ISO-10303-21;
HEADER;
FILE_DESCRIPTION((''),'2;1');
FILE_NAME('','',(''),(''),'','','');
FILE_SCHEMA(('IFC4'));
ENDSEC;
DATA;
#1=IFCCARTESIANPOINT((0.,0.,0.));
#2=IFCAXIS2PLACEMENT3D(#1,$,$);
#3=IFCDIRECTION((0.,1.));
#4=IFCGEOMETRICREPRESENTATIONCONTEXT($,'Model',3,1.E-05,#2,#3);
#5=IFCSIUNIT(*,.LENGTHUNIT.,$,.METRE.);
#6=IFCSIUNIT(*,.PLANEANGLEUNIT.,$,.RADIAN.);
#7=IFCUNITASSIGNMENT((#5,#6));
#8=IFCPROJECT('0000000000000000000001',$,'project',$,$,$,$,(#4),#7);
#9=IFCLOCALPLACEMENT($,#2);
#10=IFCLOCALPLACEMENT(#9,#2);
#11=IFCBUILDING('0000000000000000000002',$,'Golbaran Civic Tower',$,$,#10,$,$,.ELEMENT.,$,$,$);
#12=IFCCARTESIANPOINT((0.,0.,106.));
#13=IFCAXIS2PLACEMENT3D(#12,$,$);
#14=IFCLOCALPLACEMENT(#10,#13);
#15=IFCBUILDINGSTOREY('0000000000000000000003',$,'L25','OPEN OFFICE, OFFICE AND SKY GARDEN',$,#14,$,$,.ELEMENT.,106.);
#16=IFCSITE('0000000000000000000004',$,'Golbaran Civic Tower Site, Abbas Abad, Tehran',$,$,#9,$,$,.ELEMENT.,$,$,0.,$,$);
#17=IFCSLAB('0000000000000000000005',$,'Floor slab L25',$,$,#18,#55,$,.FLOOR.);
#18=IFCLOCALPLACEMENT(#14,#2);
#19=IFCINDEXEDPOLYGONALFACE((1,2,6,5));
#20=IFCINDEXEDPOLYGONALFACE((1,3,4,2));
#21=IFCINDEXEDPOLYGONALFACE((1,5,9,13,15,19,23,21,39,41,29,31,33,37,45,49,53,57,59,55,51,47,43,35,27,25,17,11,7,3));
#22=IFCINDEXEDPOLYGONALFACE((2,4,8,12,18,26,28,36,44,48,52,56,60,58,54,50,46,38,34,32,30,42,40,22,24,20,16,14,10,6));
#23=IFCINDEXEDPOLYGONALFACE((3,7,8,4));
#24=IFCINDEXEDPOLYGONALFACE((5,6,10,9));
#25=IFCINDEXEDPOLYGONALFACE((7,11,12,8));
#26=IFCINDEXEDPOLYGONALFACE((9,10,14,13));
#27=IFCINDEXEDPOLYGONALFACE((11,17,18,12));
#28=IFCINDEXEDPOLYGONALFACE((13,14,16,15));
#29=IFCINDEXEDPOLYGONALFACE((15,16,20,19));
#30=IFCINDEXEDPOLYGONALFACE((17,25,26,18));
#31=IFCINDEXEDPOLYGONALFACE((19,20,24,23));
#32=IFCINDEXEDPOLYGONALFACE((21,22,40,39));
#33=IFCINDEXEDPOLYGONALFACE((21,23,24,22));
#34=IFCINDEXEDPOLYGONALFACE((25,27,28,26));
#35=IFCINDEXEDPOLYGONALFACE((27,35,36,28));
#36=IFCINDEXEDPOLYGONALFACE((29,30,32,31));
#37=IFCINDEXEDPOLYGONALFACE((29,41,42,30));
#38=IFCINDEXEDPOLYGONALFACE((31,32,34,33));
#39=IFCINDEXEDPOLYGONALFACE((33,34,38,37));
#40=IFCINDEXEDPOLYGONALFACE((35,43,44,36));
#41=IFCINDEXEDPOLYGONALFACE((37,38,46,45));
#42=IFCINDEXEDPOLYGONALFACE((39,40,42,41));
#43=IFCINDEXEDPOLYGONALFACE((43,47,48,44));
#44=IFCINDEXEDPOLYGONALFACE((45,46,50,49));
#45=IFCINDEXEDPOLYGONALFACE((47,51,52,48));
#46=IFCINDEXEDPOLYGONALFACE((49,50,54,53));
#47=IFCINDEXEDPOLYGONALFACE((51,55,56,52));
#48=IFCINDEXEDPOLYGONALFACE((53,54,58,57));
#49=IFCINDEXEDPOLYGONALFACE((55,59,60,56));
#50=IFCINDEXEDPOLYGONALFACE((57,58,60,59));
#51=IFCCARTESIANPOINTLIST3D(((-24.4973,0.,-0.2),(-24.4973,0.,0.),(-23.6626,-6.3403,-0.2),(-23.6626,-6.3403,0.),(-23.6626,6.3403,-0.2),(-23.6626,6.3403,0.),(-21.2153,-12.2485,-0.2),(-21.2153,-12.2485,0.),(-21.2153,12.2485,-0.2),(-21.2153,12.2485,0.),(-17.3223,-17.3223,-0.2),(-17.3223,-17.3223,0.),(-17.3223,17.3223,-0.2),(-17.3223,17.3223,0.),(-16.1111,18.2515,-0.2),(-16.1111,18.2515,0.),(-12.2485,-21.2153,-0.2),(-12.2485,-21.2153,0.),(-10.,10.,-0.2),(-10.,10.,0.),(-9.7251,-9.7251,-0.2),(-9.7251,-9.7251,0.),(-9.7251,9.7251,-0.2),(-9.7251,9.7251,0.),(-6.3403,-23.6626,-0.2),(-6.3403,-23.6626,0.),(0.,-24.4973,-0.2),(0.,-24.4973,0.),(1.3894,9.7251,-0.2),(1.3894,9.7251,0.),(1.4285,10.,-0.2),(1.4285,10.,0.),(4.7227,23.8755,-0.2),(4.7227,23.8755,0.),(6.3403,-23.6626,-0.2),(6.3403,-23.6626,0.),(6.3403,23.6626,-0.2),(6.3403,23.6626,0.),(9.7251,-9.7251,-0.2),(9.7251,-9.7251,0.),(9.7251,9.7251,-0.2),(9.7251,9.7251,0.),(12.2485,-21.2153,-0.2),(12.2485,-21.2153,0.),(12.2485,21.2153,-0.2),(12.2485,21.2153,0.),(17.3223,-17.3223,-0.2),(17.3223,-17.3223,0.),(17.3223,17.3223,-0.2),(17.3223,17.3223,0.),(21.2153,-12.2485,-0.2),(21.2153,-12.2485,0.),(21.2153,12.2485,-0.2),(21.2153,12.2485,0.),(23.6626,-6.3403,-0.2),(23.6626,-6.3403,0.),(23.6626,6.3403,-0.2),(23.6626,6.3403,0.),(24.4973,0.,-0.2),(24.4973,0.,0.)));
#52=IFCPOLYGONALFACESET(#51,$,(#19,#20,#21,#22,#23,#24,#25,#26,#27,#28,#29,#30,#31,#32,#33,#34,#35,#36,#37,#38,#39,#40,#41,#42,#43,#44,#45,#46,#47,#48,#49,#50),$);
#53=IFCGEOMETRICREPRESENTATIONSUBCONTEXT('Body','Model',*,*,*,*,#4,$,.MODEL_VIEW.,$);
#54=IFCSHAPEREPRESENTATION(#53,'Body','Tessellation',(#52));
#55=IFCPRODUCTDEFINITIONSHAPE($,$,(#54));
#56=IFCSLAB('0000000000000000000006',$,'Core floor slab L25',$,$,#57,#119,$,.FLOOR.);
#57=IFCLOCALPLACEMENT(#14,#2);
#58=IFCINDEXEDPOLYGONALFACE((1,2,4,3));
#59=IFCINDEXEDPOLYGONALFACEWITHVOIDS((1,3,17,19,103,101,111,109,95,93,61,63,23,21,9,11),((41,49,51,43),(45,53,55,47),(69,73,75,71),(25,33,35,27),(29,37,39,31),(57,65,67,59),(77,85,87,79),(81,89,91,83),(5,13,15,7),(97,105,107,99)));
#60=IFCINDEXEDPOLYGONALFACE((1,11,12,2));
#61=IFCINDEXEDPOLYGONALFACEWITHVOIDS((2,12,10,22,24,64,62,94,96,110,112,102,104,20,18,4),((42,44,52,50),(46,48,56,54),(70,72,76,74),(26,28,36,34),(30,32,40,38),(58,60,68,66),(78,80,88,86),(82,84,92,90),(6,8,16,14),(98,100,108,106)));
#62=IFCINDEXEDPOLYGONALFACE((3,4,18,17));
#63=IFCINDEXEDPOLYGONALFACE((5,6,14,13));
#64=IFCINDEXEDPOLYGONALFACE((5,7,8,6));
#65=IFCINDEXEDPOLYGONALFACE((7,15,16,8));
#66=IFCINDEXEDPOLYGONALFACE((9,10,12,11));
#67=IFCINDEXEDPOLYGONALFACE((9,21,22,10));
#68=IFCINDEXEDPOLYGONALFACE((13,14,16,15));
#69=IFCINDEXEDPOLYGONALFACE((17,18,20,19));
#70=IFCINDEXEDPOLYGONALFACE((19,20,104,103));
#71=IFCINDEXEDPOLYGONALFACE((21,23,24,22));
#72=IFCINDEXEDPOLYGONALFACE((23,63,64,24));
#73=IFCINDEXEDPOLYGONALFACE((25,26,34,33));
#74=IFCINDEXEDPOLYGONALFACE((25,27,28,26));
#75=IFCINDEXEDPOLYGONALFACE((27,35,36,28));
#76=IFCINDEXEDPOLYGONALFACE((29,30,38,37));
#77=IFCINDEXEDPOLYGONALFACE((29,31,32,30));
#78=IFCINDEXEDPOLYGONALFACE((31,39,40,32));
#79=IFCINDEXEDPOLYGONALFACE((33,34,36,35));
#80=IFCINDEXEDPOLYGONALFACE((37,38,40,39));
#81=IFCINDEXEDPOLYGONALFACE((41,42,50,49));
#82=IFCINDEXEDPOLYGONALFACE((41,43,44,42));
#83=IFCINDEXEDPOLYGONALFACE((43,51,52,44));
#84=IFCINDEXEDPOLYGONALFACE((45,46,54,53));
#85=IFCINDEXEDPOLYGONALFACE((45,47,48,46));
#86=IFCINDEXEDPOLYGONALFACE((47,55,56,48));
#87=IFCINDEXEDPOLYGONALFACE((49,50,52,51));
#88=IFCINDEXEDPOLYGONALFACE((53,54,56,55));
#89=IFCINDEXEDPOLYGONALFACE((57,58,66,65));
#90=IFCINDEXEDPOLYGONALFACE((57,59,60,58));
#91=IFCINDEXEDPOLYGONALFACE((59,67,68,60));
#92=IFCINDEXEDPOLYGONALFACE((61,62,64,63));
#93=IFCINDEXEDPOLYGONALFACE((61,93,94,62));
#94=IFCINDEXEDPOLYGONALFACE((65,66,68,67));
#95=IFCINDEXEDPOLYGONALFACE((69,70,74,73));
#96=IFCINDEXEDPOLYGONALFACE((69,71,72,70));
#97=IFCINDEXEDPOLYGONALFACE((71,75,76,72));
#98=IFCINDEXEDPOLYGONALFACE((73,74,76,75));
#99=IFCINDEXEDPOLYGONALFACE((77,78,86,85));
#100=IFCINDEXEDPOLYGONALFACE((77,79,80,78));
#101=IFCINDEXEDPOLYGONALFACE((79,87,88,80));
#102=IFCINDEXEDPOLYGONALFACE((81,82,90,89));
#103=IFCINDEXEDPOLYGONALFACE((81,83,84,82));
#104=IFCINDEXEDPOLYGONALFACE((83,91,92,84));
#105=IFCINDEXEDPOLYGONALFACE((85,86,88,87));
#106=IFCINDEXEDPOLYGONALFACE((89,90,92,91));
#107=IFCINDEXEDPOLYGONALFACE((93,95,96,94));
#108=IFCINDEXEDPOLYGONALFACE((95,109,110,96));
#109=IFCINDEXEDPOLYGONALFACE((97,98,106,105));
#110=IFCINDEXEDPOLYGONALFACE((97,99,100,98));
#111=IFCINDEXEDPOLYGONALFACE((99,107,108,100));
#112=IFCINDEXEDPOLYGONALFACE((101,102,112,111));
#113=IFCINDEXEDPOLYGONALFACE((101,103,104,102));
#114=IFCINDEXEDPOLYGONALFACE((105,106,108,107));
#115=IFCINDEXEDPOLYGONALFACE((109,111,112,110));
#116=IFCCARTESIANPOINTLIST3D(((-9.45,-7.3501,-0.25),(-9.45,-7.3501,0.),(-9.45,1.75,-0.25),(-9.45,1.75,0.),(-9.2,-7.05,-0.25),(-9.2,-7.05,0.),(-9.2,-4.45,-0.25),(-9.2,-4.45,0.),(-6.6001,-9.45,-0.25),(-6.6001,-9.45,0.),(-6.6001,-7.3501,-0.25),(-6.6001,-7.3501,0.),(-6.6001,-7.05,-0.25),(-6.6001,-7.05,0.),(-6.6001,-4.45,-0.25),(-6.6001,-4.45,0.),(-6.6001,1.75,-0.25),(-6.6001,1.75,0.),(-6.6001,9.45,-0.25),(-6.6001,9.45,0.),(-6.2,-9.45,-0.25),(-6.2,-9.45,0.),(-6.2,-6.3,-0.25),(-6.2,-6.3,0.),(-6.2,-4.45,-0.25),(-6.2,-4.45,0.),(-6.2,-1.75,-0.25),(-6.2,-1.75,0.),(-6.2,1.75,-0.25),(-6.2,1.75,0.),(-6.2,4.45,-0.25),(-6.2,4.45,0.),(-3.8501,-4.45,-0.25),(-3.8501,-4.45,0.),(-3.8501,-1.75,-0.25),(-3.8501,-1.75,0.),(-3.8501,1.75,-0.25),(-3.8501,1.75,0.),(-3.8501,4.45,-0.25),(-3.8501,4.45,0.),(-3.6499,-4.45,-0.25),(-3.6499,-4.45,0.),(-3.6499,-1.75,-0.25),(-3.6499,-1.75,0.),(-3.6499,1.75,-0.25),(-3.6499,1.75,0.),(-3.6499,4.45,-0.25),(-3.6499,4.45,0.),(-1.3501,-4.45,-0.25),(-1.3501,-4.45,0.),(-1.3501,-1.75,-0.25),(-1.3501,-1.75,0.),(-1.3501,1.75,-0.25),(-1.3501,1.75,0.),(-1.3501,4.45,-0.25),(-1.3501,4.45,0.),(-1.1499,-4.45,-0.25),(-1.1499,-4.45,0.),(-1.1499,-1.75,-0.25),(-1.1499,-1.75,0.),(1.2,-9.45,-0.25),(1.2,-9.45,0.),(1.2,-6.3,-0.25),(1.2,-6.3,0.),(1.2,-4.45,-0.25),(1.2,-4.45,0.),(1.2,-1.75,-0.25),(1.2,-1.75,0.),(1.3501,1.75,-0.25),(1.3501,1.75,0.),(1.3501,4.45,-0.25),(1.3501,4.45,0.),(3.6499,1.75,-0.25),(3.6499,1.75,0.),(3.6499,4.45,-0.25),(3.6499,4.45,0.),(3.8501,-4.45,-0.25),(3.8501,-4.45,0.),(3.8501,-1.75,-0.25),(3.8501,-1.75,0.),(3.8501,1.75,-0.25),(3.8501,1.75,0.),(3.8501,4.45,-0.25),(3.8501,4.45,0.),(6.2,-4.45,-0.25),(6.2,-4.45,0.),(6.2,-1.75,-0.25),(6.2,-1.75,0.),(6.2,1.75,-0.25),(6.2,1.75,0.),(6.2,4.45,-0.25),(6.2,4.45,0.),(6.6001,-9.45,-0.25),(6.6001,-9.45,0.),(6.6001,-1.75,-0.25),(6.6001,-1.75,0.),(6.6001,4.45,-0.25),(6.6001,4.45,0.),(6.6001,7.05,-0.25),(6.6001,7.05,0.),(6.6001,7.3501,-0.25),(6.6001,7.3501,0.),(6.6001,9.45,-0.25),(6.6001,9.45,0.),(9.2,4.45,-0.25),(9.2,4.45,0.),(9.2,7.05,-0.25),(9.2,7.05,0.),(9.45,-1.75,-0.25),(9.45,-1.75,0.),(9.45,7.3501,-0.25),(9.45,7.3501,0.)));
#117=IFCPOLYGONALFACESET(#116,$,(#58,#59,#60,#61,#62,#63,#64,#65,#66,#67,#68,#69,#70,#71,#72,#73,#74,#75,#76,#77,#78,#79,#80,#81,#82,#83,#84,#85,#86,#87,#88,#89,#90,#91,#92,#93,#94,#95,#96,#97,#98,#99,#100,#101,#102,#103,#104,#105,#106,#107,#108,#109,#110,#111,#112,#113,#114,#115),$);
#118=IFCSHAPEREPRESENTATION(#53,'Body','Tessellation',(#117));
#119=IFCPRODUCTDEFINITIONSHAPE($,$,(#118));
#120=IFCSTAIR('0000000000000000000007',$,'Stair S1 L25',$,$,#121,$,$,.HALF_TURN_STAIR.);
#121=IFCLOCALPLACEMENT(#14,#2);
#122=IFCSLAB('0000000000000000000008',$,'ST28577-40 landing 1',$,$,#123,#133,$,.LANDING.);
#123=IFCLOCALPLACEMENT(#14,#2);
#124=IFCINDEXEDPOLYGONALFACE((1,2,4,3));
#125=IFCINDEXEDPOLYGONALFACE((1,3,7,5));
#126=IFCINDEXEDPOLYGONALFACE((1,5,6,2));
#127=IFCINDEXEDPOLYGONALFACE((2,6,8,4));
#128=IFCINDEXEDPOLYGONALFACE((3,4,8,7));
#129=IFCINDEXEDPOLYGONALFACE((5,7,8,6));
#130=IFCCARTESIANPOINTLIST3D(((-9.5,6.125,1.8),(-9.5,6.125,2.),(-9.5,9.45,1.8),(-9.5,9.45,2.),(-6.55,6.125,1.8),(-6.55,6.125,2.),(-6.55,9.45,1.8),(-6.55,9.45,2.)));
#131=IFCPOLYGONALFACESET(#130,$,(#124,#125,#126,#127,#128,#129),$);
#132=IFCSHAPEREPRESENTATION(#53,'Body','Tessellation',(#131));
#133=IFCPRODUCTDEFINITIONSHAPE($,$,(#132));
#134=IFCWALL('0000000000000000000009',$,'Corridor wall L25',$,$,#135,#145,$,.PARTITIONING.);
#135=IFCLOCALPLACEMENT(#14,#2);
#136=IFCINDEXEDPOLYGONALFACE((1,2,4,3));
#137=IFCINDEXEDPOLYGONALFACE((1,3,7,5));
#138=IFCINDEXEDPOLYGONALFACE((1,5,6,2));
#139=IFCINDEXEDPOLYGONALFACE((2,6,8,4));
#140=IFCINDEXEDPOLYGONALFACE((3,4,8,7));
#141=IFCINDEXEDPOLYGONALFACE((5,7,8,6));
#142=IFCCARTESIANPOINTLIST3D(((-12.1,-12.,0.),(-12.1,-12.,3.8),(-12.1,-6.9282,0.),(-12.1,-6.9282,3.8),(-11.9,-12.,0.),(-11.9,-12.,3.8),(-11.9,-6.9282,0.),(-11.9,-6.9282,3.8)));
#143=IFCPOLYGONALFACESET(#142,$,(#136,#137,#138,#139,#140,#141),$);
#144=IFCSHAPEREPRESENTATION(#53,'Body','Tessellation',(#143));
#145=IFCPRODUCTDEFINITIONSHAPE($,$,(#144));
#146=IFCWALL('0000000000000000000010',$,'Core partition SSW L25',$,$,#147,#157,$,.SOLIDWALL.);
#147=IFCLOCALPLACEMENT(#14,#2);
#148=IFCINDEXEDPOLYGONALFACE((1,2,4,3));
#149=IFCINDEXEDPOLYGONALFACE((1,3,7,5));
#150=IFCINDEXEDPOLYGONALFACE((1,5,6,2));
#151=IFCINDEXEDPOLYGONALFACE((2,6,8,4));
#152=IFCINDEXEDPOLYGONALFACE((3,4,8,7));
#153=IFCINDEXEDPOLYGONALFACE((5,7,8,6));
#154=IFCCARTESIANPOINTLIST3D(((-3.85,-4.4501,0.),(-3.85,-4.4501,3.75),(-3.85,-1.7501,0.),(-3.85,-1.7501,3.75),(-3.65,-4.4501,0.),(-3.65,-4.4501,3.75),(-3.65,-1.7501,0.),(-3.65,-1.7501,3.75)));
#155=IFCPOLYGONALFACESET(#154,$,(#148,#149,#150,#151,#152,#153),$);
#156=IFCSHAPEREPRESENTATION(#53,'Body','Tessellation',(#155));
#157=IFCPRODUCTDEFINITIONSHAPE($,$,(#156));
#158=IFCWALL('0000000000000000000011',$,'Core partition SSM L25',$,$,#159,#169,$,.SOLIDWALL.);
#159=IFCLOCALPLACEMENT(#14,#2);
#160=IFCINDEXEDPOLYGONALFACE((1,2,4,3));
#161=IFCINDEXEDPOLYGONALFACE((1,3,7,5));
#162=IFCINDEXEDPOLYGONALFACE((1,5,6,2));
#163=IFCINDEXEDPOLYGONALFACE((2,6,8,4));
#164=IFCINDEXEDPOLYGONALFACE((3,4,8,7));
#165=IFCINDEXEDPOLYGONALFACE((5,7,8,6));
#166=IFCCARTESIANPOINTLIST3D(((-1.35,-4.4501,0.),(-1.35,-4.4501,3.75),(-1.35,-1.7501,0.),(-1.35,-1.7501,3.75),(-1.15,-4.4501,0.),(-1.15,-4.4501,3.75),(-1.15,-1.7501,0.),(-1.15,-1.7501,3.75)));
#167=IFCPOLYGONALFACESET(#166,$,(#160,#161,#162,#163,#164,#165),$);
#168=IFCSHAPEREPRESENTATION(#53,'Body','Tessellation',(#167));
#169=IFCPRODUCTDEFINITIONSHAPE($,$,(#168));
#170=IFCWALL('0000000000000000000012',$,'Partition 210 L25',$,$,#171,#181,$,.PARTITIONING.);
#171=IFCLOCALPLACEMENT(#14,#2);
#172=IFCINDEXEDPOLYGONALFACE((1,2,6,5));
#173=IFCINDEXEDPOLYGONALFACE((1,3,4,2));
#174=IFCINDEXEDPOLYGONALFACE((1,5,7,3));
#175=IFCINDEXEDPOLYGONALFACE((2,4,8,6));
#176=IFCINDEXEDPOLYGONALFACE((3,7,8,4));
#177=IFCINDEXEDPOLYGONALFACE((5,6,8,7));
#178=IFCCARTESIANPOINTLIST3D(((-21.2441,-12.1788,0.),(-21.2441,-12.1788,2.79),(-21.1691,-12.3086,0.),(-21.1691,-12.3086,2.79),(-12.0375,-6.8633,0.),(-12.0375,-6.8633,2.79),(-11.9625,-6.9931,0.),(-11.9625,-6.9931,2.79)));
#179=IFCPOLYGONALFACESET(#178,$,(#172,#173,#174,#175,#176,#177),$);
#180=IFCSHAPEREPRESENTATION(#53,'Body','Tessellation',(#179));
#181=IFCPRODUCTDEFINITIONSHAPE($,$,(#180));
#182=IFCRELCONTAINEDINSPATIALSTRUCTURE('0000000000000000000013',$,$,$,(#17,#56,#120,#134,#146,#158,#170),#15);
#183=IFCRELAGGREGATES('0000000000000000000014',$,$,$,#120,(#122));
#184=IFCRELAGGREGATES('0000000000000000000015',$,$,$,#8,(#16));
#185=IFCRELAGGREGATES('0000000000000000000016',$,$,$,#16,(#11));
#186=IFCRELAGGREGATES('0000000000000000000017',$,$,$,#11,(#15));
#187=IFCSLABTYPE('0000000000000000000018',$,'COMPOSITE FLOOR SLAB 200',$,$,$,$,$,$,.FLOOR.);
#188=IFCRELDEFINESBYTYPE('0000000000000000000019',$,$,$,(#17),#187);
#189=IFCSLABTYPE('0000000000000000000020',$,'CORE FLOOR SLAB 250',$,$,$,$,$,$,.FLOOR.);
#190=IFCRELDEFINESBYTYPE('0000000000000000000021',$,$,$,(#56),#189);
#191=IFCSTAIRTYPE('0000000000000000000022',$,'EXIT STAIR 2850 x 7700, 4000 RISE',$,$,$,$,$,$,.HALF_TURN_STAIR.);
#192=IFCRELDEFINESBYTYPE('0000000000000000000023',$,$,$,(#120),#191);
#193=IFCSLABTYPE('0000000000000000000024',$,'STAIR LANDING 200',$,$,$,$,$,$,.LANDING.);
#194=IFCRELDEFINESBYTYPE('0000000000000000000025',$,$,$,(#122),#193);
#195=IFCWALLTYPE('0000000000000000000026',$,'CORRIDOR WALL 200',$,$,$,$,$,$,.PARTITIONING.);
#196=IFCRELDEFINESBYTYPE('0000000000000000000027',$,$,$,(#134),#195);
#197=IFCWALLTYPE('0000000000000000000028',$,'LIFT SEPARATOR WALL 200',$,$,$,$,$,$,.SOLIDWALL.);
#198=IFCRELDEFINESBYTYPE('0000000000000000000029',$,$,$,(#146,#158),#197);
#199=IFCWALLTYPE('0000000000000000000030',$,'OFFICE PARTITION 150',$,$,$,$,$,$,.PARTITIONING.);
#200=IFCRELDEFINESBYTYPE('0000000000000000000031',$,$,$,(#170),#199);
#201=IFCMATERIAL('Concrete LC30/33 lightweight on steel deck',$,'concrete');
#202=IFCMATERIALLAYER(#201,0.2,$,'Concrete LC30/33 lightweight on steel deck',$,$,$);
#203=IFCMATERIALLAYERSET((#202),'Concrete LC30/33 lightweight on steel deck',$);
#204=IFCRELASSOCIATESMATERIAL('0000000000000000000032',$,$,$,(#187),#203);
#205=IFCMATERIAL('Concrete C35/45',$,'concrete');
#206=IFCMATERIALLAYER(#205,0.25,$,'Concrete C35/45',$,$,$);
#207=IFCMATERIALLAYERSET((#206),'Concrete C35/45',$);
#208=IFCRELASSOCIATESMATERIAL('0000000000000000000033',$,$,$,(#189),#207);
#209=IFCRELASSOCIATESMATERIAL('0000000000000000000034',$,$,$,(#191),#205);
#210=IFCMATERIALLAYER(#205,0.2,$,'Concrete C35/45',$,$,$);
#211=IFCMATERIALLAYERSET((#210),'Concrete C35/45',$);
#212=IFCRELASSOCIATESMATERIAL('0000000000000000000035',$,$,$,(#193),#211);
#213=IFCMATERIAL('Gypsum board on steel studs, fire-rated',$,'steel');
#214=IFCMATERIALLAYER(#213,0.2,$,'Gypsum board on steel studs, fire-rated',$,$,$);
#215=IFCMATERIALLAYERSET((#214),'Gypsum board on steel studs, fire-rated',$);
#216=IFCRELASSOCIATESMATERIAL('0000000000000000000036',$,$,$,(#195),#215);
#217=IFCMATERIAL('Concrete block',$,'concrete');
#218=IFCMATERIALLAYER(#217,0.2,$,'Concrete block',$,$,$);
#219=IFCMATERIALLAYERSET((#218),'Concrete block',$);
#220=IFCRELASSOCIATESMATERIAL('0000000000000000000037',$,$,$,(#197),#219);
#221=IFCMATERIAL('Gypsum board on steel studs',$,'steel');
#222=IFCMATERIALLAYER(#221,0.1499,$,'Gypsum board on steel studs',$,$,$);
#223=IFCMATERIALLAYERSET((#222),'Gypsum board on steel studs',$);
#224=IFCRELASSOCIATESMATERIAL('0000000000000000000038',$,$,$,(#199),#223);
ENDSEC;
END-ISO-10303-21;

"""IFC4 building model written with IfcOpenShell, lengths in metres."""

from ifc_helpers import new_model, si_unit, direction, frame, frame_2d, origin, place, context, subcontext, project, spatial, polyline, rectangle, outline, extrude, material, layer, layer_set, type_object, element, aggregate, save


model = new_model("IFC4")

# Units and contexts
model_context = context("Model", 3, precision=1e-05, world=origin(), true_north=direction((0.0, 1.0)))
body_context = subcontext(model_context, "Body", "Model", "MODEL_VIEW")
ifc_project = project(units=[si_unit("LENGTHUNIT", "METRE"), si_unit("PLANEANGLEUNIT", "RADIAN")], contexts=[model_context])

# Site, building, storey
site_placement = place(None, origin())
site = spatial("IfcSite", under=ifc_project, at=site_placement, Name="Golbaran Civic Tower Site, Abbas Abad, Tehran", CompositionType="ELEMENT", RefElevation=0.0)
building_placement = place(site_placement, origin())
building = spatial("IfcBuilding", under=site, at=building_placement, Name="Golbaran Civic Tower", CompositionType="ELEMENT")
storey_placement = place(building_placement, frame((0.0, 0.0, 106.0)))
storey = spatial("IfcBuildingStorey", under=building, at=storey_placement, Name="L25", Description="OPEN OFFICE, OFFICE AND SKY GARDEN", CompositionType="ELEMENT", Elevation=106.0)

# Slabs
ifc_material_1 = material(Name="Concrete LC30/33 lightweight on steel deck", Category="concrete")
ifc_layer_1 = layer(ifc_material_1, 0.2, Name="Concrete LC30/33 lightweight on steel deck")
ifc_layer_set_1 = layer_set([ifc_layer_1], Name="Concrete LC30/33 lightweight on steel deck")
slab_type_1 = type_object("IfcSlabType", Name="COMPOSITE FLOOR SLAB 200", PredefinedType="FLOOR", material=ifc_layer_set_1)
slab_1_placement = place(storey_placement, frame((0.0, 0.0, -0.2)))
element("IfcSlab", 1, at=slab_1_placement, inside=storey, type_object=slab_type_1, Name="Floor slab L25", PredefinedType="FLOOR", context=body_context, shape_type="SweptSolid", body=[
    extrude(outline(polyline([(17.3223, -17.3223), (12.2485, -21.2153), (6.3403, -23.6626), (0.0, -24.4973), (-6.3403, -23.6626), (-12.2485, -21.2153), (-17.3223, -17.3223), (-21.2153, -12.2485), (-23.6626, -6.3403), (-24.4973, 0.0), (-23.6626, 6.3403), (-21.2153, 12.2485), (-17.3223, 17.3223), (-16.1111, 18.2515), (-10.0, 10.0), (-9.7251, 9.7251), (-9.7251, -9.7251), (9.7251, -9.7251), (9.7251, 9.7251), (1.3894, 9.7251), (1.4285, 10.0), (4.7227, 23.8755), (6.3403, 23.6626), (12.2485, 21.2153), (17.3223, 17.3223), (21.2153, 12.2485), (23.6626, 6.3403), (24.4973, 0.0), (23.6626, -6.3403), (21.2153, -12.2485), (17.3223, -17.3223)])), origin(), (0.0, 0.0, 1.0), 0.2),
])
ifc_material_2 = material(Name="Concrete C35/45", Category="concrete")
ifc_layer_2 = layer(ifc_material_2, 0.25, Name="Concrete C35/45")
ifc_layer_set_2 = layer_set([ifc_layer_2], Name="Concrete C35/45")
slab_type_2 = type_object("IfcSlabType", Name="CORE FLOOR SLAB 250", PredefinedType="FLOOR", material=ifc_layer_set_2)
slab_2_placement = place(storey_placement, frame((0.0, 0.0, -0.25)))
element("IfcSlab", 2, at=slab_2_placement, inside=storey, type_object=slab_type_2, Name="Core floor slab L25", PredefinedType="FLOOR", context=body_context, shape_type="SweptSolid", body=[
    extrude(outline(polyline([(6.6001, -1.75), (6.6001, -9.45), (1.2, -9.45), (1.2, -6.3), (-6.2, -6.3), (-6.2, -9.45), (-6.6001, -9.45), (-6.6001, -7.3501), (-9.45, -7.3501), (-9.45, 1.75), (-6.6001, 1.75), (-6.6001, 9.45), (6.6001, 9.45), (6.6001, 7.3501), (9.45, 7.3501), (9.45, -1.75), (6.6001, -1.75)]), holes=[polyline([(9.2, 7.05), (6.6001, 7.05), (6.6001, 4.45), (9.2, 4.45), (9.2, 7.05)]), polyline([(6.2, -1.75), (3.8501, -1.75), (3.8501, -4.45), (6.2, -4.45), (6.2, -1.75)]), polyline([(6.2, 4.45), (3.8501, 4.45), (3.8501, 1.75), (6.2, 1.75), (6.2, 4.45)]), polyline([(3.6499, 4.45), (1.3501, 4.45), (1.3501, 1.75), (3.6499, 1.75), (3.6499, 4.45)]), polyline([(1.2, -1.75), (-1.1499, -1.75), (-1.1499, -4.45), (1.2, -4.45), (1.2, -1.75)]), polyline([(-1.3501, 4.45), (-3.6499, 4.45), (-3.6499, 1.75), (-1.3501, 1.75), (-1.3501, 4.45)]), polyline([(-1.3501, -1.75), (-3.6499, -1.75), (-3.6499, -4.45), (-1.3501, -4.45), (-1.3501, -1.75)]), polyline([(-3.8501, -1.75), (-6.2, -1.75), (-6.2, -4.45), (-3.8501, -4.45), (-3.8501, -1.75)]), polyline([(-3.8501, 4.45), (-6.2, 4.45), (-6.2, 1.75), (-3.8501, 1.75), (-3.8501, 4.45)]), polyline([(-6.6001, -4.45), (-9.2, -4.45), (-9.2, -7.05), (-6.6001, -7.05), (-6.6001, -4.45)])]), origin(), (0.0, 0.0, 1.0), 0.25),
])

# Stair, slab
stair_type_1 = type_object("IfcStairType", Name="EXIT STAIR 2850 x 7700, 4000 RISE", PredefinedType="HALF_TURN_STAIR", material=ifc_material_2)
stair_1_placement = place(storey_placement, origin())
stair_1 = element("IfcStair", 3, at=stair_1_placement, inside=storey, type_object=stair_type_1, Name="Stair S1 L25", PredefinedType="HALF_TURN_STAIR")
ifc_layer_3 = layer(ifc_material_2, 0.2, Name="Concrete C35/45")
ifc_layer_set_3 = layer_set([ifc_layer_3], Name="Concrete C35/45")
slab_type_3 = type_object("IfcSlabType", Name="STAIR LANDING 200", PredefinedType="LANDING", material=ifc_layer_set_3)
slab_3_placement = place(storey_placement, frame((0.0, 0.0, 1.8)))
slab_3 = element("IfcSlab", 4, at=slab_3_placement, type_object=slab_type_3, Name="ST28577-40 landing 1", PredefinedType="LANDING", context=body_context, shape_type="SweptSolid", body=[
    extrude(outline(polyline([(-9.5, 6.125), (-9.5, 9.45), (-6.55, 9.45), (-6.55, 6.125), (-9.5, 6.125)])), origin(), (0.0, 0.0, 1.0), 0.2),
])
aggregate(stair_1, [slab_3])

# Walls
ifc_material_3 = material(Name="Gypsum board on steel studs, fire-rated", Category="steel")
ifc_layer_4 = layer(ifc_material_3, 0.2, Name="Gypsum board on steel studs, fire-rated")
ifc_layer_set_4 = layer_set([ifc_layer_4], Name="Gypsum board on steel studs, fire-rated")
wall_type_1 = type_object("IfcWallType", Name="CORRIDOR WALL 200", PredefinedType="PARTITIONING", material=ifc_layer_set_4)
wall_1_placement = place(storey_placement, frame((-12.0, -6.9282, 0.0), z_axis=(0.0, 0.0, 1.0), x_axis=(0.0, -1.0, 0.0)))
element("IfcWall", 5, at=wall_1_placement, inside=storey, type_object=wall_type_1, Name="Corridor wall L25", PredefinedType="PARTITIONING", context=body_context, shape_type="SweptSolid", body=[
    extrude(rectangle(XDim=5.0718, YDim=0.2, at=frame_2d((2.5359, 0.0))), origin(), (0.0, 0.0, 1.0), 3.8),
])
ifc_material_4 = material(Name="Concrete block", Category="concrete")
ifc_layer_5 = layer(ifc_material_4, 0.2, Name="Concrete block")
ifc_layer_set_5 = layer_set([ifc_layer_5], Name="Concrete block")
wall_type_2 = type_object("IfcWallType", Name="LIFT SEPARATOR WALL 200", PredefinedType="SOLIDWALL", material=ifc_layer_set_5)
for number, where, z_axis, x_axis, name in (
    (6, (-3.75, -1.75, 0.0), (0.0, 0.0, 1.0), (0.0, -1.0, 0.0), "Core partition SSW L25"),
    (7, (-1.25, -1.75, 0.0), (0.0, 0.0, 1.0), (0.0, -1.0, 0.0), "Core partition SSM L25"),
):
    element("IfcWall", number, at=place(storey_placement, frame(where, z_axis=z_axis, x_axis=x_axis)), inside=storey, type_object=wall_type_2, Name=name, PredefinedType="SOLIDWALL", context=body_context, shape_type="SweptSolid", body=[
        extrude(rectangle(XDim=2.7, YDim=0.2, at=frame_2d((1.3501, 0.0))), origin(), (0.0, 0.0, 1.0), 3.75),
    ])
ifc_material_5 = material(Name="Gypsum board on steel studs", Category="steel")
ifc_layer_6 = layer(ifc_material_5, 0.1499, Name="Gypsum board on steel studs")
ifc_layer_set_6 = layer_set([ifc_layer_6], Name="Gypsum board on steel studs")
wall_type_3 = type_object("IfcWallType", Name="OFFICE PARTITION 150", PredefinedType="PARTITIONING", material=ifc_layer_set_6)
wall_2_placement = place(storey_placement, frame((-12.0, -6.9282, 0.0), z_axis=(0.0, 0.0, 1.0), x_axis=(-0.866024, -0.500002, 0.0)))
element("IfcWall", 8, at=wall_2_placement, inside=storey, type_object=wall_type_3, Name="Partition 210 L25", PredefinedType="PARTITIONING", context=body_context, shape_type="SweptSolid", body=[
    extrude(rectangle(XDim=10.6309, YDim=0.1499, at=frame_2d((5.3154, 0.0))), origin(), (0.0, 0.0, 1.0), 2.79),
])

save(model, "model.ifc")
